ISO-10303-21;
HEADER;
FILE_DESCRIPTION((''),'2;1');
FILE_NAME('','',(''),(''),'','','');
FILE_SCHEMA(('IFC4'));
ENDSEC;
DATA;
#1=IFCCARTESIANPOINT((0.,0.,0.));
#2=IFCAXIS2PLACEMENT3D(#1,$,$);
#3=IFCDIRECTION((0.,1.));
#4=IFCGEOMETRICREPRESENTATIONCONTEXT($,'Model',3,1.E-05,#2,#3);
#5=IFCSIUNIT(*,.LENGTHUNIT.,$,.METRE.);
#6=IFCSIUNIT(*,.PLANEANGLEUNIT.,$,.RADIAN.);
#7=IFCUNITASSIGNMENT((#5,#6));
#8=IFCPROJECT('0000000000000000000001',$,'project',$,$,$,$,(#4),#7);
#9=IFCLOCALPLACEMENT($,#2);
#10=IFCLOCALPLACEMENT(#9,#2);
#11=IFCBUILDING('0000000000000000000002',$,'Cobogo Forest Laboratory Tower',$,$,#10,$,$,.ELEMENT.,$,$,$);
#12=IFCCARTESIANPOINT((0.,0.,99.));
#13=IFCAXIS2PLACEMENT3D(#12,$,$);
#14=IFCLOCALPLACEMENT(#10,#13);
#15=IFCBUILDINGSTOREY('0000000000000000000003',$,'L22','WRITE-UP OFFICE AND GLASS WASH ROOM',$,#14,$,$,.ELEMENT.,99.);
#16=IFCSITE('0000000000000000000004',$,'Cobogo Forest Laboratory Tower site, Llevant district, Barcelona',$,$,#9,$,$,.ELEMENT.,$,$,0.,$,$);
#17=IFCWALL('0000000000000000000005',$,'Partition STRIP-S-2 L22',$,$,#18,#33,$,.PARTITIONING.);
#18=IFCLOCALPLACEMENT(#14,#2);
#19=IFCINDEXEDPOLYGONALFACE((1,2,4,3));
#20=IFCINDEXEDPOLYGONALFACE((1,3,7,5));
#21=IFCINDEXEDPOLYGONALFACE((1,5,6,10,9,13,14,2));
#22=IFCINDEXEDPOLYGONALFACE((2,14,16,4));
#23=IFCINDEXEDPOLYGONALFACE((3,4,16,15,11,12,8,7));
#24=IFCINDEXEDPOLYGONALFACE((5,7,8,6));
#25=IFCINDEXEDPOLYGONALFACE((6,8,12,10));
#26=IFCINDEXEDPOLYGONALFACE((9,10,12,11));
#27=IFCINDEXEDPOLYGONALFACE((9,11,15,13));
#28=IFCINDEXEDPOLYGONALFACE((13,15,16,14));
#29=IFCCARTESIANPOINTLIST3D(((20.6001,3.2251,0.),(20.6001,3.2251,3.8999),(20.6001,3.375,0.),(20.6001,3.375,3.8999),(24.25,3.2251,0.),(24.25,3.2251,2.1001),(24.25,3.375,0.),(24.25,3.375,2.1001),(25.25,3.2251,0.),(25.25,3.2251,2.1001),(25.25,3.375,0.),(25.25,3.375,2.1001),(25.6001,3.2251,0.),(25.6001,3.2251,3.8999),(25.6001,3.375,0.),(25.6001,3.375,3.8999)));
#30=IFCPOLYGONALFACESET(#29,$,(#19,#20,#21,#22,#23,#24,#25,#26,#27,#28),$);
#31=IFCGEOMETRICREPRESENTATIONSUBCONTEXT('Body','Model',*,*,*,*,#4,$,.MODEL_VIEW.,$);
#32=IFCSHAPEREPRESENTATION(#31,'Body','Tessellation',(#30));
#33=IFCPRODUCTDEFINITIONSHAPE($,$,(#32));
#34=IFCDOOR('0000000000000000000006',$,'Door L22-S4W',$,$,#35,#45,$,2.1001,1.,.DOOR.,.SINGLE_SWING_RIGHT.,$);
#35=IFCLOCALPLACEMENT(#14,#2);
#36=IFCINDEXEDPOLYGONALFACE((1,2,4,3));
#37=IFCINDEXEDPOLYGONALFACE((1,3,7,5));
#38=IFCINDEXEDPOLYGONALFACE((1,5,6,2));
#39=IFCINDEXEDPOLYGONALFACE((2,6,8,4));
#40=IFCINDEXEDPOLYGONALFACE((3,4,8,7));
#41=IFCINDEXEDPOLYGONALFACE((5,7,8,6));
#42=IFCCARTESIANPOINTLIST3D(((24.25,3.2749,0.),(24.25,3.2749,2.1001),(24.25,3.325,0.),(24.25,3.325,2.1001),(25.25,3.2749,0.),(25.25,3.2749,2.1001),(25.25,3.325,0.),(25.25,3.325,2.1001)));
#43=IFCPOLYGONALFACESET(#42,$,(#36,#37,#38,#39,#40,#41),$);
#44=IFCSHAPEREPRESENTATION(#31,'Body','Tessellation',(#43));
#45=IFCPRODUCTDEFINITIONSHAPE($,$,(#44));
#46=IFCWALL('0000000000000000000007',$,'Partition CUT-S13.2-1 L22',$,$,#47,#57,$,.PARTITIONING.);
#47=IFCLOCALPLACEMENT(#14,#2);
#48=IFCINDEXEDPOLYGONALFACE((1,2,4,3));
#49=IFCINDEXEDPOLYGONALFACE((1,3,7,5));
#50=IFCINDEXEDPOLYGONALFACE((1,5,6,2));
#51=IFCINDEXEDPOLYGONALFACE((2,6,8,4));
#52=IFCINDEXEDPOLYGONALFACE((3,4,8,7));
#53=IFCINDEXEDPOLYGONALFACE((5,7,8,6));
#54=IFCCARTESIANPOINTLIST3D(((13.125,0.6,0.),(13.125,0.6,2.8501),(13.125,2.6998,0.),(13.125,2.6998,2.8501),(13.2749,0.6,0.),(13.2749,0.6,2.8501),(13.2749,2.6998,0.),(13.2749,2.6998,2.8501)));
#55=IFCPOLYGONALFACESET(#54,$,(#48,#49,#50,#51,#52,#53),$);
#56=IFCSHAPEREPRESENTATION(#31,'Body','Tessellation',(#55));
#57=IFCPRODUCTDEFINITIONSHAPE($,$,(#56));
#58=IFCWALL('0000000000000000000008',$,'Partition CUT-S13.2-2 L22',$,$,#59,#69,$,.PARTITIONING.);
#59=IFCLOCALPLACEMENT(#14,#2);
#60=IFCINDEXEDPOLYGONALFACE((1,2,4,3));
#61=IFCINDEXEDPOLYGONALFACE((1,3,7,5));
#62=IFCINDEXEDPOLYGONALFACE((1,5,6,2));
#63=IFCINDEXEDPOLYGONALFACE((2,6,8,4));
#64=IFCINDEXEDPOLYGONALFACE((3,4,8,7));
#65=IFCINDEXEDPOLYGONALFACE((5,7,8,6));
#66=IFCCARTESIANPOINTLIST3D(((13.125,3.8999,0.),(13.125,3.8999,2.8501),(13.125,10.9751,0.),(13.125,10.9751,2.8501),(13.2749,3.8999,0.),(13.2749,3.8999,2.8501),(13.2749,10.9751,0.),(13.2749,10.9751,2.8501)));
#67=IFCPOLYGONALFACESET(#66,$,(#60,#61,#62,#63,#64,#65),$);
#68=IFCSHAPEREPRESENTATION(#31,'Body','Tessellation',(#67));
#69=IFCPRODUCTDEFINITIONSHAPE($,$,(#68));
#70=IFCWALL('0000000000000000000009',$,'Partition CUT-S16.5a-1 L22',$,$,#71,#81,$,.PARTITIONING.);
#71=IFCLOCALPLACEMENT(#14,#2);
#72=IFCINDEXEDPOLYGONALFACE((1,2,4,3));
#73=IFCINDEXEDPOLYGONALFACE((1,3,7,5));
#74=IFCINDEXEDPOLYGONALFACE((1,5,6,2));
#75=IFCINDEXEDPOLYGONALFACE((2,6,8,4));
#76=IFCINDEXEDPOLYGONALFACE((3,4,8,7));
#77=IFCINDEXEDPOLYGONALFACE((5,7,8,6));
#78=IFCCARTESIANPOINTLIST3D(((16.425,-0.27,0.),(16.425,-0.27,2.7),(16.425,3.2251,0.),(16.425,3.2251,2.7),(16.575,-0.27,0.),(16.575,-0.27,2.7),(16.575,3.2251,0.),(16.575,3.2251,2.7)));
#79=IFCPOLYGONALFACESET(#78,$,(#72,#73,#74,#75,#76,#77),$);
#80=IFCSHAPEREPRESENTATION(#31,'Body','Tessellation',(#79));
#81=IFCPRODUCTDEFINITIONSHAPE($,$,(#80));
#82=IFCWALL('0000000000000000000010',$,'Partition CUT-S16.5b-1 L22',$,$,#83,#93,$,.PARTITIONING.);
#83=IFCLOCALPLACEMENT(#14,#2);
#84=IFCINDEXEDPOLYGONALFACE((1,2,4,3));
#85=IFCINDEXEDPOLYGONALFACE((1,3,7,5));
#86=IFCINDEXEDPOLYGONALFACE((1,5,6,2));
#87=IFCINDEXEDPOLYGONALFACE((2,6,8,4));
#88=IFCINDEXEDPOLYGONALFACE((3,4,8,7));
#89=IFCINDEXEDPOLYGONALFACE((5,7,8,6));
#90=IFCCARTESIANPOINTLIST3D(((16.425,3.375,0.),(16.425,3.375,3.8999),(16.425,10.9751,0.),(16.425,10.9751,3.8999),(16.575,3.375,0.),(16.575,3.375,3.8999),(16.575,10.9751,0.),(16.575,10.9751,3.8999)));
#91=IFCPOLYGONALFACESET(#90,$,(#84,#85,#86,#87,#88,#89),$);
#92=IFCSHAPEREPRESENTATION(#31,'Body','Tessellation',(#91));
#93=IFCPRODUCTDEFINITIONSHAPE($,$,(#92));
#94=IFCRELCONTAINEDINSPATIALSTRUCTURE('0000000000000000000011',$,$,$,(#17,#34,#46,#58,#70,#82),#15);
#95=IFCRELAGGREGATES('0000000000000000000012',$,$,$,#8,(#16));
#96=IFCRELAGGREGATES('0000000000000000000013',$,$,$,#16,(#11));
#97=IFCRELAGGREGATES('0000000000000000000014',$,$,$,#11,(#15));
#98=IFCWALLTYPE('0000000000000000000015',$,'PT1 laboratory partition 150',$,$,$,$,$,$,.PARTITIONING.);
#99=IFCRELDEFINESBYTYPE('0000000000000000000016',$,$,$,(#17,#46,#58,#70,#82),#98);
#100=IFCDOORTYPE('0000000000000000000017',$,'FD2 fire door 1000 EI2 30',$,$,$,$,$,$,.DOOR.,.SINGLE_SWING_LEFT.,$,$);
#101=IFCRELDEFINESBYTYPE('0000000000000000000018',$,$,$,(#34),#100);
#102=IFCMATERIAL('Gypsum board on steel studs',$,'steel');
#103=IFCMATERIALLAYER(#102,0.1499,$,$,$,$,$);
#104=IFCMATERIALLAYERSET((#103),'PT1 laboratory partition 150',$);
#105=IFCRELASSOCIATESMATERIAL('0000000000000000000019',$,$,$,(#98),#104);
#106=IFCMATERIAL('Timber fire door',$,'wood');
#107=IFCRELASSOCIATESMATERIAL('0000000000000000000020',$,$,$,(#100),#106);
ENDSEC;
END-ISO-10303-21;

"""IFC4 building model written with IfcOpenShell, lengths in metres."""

from ifc_helpers import new_model, si_unit, direction, frame, frame_2d, origin, place, context, subcontext, project, spatial, rectangle, extrude, material, layer, layer_set, type_object, element, fill, save


model = new_model("IFC4")

# Units and contexts
model_context = context("Model", 3, precision=1e-05, world=origin(), true_north=direction((0.0, 1.0)))
body_context = subcontext(model_context, "Body", "Model", "MODEL_VIEW")
ifc_project = project(units=[si_unit("LENGTHUNIT", "METRE"), si_unit("PLANEANGLEUNIT", "RADIAN")], contexts=[model_context])

# Site, building, storey
site_placement = place(None, origin())
site = spatial("IfcSite", under=ifc_project, at=site_placement, Name="Cobogo Forest Laboratory Tower site, Llevant district, Barcelona", CompositionType="ELEMENT", RefElevation=0.0)
building_placement = place(site_placement, origin())
building = spatial("IfcBuilding", under=site, at=building_placement, Name="Cobogo Forest Laboratory Tower", CompositionType="ELEMENT")
storey_placement = place(building_placement, frame((0.0, 0.0, 99.0)))
storey = spatial("IfcBuildingStorey", under=building, at=storey_placement, Name="L22", Description="WRITE-UP OFFICE AND GLASS WASH ROOM", CompositionType="ELEMENT", Elevation=99.0)

# Shared definitions
ifc_material_1 = material(Name="Gypsum board on steel studs", Category="steel")
ifc_layer_1 = layer(ifc_material_1, 0.1499)
ifc_layer_set_1 = layer_set([ifc_layer_1], Name="PT1 laboratory partition 150")
wall_type_1 = type_object("IfcWallType", Name="PT1 laboratory partition 150", PredefinedType="PARTITIONING", material=ifc_layer_set_1)
ifc_material_2 = material(Name="Timber fire door", Category="wood")
door_type_1 = type_object("IfcDoorType", Name="FD2 fire door 1000 EI2 30", OperationType="SINGLE_SWING_LEFT", PredefinedType="DOOR", material=ifc_material_2)

# Wall, opening, door
wall_1_placement = place(storey_placement, frame((20.6001, 3.3, 0.0), z_axis=(0.0, 0.0, 1.0), x_axis=(1.0, 0.0, 0.0)))
wall_1 = element("IfcWall", 1, at=wall_1_placement, inside=storey, type_object=wall_type_1, Name="Partition STRIP-S-2 L22", PredefinedType="PARTITIONING", context=body_context, shape_type="SweptSolid", body=[
    extrude(rectangle(XDim=5.0, YDim=0.1499, at=frame_2d((2.5, 0.0))), origin(), (0.0, 0.0, 1.0), 3.8999),
])
opening_1_placement = place(wall_1_placement, frame((3.6499, 0.0, 0.0)))
opening_1 = element("IfcOpeningElement", 2, at=opening_1_placement, cuts=wall_1, PredefinedType="OPENING", context=body_context, shape_type="SweptSolid", body=[
    extrude(rectangle(XDim=1.0, YDim=2.1001, at=frame_2d((0.5, 1.05))), frame((0.0, 0.085, 0.0), z_axis=(0.0, -1.0, 0.0), x_axis=(1.0, 0.0, 0.0)), (0.0, 0.0, 1.0), 0.1699),
])
door_1_placement = place(opening_1_placement, origin())
door_1 = element("IfcDoor", 3, at=door_1_placement, inside=storey, type_object=door_type_1, Name="Door L22-S4W", OperationType="SINGLE_SWING_RIGHT", OverallHeight=2.1001, OverallWidth=1.0, PredefinedType="DOOR", context=body_context, shape_type="SweptSolid", body=[
    extrude(rectangle(XDim=1.0, YDim=2.1001, at=frame_2d((0.5, 1.05))), frame((0.0, 0.0249, 0.0), z_axis=(0.0, -1.0, 0.0), x_axis=(1.0, 0.0, 0.0)), (0.0, 0.0, 1.0), 0.05),
])
fill(opening_1, door_1)

# Walls
wall_2_placement = place(storey_placement, frame((13.2, 0.6001, 0.0), z_axis=(0.0, 0.0, 1.0), x_axis=(0.0, 1.0, 0.0)))
element("IfcWall", 4, at=wall_2_placement, inside=storey, type_object=wall_type_1, Name="Partition CUT-S13.2-1 L22", PredefinedType="PARTITIONING", context=body_context, shape_type="SweptSolid", body=[
    extrude(rectangle(XDim=2.0999, YDim=0.1499, at=frame_2d((1.0498, 0.0))), origin(), (0.0, 0.0, 1.0), 2.8501),
])
wall_3_placement = place(storey_placement, frame((13.2, 3.8999, 0.0), z_axis=(0.0, 0.0, 1.0), x_axis=(0.0, 1.0, 0.0)))
element("IfcWall", 5, at=wall_3_placement, inside=storey, type_object=wall_type_1, Name="Partition CUT-S13.2-2 L22", PredefinedType="PARTITIONING", context=body_context, shape_type="SweptSolid", body=[
    extrude(rectangle(XDim=7.0752, YDim=0.1499, at=frame_2d((3.5376, 0.0))), origin(), (0.0, 0.0, 1.0), 2.8501),
])
wall_4_placement = place(storey_placement, frame((16.5, -0.27, 0.0), z_axis=(0.0, 0.0, 1.0), x_axis=(0.0, 1.0, 0.0)))
element("IfcWall", 6, at=wall_4_placement, inside=storey, type_object=wall_type_1, Name="Partition CUT-S16.5a-1 L22", PredefinedType="PARTITIONING", context=body_context, shape_type="SweptSolid", body=[
    extrude(rectangle(XDim=3.4951, YDim=0.1499, at=frame_2d((1.7476, 0.0))), origin(), (0.0, 0.0, 1.0), 2.7),
])
wall_5_placement = place(storey_placement, frame((16.5, 3.375, 0.0), z_axis=(0.0, 0.0, 1.0), x_axis=(0.0, 1.0, 0.0)))
element("IfcWall", 7, at=wall_5_placement, inside=storey, type_object=wall_type_1, Name="Partition CUT-S16.5b-1 L22", PredefinedType="PARTITIONING", context=body_context, shape_type="SweptSolid", body=[
    extrude(rectangle(XDim=7.6001, YDim=0.1499, at=frame_2d((3.8, 0.0))), origin(), (0.0, 0.0, 1.0), 3.8999),
])

save(model, "model.ifc")
